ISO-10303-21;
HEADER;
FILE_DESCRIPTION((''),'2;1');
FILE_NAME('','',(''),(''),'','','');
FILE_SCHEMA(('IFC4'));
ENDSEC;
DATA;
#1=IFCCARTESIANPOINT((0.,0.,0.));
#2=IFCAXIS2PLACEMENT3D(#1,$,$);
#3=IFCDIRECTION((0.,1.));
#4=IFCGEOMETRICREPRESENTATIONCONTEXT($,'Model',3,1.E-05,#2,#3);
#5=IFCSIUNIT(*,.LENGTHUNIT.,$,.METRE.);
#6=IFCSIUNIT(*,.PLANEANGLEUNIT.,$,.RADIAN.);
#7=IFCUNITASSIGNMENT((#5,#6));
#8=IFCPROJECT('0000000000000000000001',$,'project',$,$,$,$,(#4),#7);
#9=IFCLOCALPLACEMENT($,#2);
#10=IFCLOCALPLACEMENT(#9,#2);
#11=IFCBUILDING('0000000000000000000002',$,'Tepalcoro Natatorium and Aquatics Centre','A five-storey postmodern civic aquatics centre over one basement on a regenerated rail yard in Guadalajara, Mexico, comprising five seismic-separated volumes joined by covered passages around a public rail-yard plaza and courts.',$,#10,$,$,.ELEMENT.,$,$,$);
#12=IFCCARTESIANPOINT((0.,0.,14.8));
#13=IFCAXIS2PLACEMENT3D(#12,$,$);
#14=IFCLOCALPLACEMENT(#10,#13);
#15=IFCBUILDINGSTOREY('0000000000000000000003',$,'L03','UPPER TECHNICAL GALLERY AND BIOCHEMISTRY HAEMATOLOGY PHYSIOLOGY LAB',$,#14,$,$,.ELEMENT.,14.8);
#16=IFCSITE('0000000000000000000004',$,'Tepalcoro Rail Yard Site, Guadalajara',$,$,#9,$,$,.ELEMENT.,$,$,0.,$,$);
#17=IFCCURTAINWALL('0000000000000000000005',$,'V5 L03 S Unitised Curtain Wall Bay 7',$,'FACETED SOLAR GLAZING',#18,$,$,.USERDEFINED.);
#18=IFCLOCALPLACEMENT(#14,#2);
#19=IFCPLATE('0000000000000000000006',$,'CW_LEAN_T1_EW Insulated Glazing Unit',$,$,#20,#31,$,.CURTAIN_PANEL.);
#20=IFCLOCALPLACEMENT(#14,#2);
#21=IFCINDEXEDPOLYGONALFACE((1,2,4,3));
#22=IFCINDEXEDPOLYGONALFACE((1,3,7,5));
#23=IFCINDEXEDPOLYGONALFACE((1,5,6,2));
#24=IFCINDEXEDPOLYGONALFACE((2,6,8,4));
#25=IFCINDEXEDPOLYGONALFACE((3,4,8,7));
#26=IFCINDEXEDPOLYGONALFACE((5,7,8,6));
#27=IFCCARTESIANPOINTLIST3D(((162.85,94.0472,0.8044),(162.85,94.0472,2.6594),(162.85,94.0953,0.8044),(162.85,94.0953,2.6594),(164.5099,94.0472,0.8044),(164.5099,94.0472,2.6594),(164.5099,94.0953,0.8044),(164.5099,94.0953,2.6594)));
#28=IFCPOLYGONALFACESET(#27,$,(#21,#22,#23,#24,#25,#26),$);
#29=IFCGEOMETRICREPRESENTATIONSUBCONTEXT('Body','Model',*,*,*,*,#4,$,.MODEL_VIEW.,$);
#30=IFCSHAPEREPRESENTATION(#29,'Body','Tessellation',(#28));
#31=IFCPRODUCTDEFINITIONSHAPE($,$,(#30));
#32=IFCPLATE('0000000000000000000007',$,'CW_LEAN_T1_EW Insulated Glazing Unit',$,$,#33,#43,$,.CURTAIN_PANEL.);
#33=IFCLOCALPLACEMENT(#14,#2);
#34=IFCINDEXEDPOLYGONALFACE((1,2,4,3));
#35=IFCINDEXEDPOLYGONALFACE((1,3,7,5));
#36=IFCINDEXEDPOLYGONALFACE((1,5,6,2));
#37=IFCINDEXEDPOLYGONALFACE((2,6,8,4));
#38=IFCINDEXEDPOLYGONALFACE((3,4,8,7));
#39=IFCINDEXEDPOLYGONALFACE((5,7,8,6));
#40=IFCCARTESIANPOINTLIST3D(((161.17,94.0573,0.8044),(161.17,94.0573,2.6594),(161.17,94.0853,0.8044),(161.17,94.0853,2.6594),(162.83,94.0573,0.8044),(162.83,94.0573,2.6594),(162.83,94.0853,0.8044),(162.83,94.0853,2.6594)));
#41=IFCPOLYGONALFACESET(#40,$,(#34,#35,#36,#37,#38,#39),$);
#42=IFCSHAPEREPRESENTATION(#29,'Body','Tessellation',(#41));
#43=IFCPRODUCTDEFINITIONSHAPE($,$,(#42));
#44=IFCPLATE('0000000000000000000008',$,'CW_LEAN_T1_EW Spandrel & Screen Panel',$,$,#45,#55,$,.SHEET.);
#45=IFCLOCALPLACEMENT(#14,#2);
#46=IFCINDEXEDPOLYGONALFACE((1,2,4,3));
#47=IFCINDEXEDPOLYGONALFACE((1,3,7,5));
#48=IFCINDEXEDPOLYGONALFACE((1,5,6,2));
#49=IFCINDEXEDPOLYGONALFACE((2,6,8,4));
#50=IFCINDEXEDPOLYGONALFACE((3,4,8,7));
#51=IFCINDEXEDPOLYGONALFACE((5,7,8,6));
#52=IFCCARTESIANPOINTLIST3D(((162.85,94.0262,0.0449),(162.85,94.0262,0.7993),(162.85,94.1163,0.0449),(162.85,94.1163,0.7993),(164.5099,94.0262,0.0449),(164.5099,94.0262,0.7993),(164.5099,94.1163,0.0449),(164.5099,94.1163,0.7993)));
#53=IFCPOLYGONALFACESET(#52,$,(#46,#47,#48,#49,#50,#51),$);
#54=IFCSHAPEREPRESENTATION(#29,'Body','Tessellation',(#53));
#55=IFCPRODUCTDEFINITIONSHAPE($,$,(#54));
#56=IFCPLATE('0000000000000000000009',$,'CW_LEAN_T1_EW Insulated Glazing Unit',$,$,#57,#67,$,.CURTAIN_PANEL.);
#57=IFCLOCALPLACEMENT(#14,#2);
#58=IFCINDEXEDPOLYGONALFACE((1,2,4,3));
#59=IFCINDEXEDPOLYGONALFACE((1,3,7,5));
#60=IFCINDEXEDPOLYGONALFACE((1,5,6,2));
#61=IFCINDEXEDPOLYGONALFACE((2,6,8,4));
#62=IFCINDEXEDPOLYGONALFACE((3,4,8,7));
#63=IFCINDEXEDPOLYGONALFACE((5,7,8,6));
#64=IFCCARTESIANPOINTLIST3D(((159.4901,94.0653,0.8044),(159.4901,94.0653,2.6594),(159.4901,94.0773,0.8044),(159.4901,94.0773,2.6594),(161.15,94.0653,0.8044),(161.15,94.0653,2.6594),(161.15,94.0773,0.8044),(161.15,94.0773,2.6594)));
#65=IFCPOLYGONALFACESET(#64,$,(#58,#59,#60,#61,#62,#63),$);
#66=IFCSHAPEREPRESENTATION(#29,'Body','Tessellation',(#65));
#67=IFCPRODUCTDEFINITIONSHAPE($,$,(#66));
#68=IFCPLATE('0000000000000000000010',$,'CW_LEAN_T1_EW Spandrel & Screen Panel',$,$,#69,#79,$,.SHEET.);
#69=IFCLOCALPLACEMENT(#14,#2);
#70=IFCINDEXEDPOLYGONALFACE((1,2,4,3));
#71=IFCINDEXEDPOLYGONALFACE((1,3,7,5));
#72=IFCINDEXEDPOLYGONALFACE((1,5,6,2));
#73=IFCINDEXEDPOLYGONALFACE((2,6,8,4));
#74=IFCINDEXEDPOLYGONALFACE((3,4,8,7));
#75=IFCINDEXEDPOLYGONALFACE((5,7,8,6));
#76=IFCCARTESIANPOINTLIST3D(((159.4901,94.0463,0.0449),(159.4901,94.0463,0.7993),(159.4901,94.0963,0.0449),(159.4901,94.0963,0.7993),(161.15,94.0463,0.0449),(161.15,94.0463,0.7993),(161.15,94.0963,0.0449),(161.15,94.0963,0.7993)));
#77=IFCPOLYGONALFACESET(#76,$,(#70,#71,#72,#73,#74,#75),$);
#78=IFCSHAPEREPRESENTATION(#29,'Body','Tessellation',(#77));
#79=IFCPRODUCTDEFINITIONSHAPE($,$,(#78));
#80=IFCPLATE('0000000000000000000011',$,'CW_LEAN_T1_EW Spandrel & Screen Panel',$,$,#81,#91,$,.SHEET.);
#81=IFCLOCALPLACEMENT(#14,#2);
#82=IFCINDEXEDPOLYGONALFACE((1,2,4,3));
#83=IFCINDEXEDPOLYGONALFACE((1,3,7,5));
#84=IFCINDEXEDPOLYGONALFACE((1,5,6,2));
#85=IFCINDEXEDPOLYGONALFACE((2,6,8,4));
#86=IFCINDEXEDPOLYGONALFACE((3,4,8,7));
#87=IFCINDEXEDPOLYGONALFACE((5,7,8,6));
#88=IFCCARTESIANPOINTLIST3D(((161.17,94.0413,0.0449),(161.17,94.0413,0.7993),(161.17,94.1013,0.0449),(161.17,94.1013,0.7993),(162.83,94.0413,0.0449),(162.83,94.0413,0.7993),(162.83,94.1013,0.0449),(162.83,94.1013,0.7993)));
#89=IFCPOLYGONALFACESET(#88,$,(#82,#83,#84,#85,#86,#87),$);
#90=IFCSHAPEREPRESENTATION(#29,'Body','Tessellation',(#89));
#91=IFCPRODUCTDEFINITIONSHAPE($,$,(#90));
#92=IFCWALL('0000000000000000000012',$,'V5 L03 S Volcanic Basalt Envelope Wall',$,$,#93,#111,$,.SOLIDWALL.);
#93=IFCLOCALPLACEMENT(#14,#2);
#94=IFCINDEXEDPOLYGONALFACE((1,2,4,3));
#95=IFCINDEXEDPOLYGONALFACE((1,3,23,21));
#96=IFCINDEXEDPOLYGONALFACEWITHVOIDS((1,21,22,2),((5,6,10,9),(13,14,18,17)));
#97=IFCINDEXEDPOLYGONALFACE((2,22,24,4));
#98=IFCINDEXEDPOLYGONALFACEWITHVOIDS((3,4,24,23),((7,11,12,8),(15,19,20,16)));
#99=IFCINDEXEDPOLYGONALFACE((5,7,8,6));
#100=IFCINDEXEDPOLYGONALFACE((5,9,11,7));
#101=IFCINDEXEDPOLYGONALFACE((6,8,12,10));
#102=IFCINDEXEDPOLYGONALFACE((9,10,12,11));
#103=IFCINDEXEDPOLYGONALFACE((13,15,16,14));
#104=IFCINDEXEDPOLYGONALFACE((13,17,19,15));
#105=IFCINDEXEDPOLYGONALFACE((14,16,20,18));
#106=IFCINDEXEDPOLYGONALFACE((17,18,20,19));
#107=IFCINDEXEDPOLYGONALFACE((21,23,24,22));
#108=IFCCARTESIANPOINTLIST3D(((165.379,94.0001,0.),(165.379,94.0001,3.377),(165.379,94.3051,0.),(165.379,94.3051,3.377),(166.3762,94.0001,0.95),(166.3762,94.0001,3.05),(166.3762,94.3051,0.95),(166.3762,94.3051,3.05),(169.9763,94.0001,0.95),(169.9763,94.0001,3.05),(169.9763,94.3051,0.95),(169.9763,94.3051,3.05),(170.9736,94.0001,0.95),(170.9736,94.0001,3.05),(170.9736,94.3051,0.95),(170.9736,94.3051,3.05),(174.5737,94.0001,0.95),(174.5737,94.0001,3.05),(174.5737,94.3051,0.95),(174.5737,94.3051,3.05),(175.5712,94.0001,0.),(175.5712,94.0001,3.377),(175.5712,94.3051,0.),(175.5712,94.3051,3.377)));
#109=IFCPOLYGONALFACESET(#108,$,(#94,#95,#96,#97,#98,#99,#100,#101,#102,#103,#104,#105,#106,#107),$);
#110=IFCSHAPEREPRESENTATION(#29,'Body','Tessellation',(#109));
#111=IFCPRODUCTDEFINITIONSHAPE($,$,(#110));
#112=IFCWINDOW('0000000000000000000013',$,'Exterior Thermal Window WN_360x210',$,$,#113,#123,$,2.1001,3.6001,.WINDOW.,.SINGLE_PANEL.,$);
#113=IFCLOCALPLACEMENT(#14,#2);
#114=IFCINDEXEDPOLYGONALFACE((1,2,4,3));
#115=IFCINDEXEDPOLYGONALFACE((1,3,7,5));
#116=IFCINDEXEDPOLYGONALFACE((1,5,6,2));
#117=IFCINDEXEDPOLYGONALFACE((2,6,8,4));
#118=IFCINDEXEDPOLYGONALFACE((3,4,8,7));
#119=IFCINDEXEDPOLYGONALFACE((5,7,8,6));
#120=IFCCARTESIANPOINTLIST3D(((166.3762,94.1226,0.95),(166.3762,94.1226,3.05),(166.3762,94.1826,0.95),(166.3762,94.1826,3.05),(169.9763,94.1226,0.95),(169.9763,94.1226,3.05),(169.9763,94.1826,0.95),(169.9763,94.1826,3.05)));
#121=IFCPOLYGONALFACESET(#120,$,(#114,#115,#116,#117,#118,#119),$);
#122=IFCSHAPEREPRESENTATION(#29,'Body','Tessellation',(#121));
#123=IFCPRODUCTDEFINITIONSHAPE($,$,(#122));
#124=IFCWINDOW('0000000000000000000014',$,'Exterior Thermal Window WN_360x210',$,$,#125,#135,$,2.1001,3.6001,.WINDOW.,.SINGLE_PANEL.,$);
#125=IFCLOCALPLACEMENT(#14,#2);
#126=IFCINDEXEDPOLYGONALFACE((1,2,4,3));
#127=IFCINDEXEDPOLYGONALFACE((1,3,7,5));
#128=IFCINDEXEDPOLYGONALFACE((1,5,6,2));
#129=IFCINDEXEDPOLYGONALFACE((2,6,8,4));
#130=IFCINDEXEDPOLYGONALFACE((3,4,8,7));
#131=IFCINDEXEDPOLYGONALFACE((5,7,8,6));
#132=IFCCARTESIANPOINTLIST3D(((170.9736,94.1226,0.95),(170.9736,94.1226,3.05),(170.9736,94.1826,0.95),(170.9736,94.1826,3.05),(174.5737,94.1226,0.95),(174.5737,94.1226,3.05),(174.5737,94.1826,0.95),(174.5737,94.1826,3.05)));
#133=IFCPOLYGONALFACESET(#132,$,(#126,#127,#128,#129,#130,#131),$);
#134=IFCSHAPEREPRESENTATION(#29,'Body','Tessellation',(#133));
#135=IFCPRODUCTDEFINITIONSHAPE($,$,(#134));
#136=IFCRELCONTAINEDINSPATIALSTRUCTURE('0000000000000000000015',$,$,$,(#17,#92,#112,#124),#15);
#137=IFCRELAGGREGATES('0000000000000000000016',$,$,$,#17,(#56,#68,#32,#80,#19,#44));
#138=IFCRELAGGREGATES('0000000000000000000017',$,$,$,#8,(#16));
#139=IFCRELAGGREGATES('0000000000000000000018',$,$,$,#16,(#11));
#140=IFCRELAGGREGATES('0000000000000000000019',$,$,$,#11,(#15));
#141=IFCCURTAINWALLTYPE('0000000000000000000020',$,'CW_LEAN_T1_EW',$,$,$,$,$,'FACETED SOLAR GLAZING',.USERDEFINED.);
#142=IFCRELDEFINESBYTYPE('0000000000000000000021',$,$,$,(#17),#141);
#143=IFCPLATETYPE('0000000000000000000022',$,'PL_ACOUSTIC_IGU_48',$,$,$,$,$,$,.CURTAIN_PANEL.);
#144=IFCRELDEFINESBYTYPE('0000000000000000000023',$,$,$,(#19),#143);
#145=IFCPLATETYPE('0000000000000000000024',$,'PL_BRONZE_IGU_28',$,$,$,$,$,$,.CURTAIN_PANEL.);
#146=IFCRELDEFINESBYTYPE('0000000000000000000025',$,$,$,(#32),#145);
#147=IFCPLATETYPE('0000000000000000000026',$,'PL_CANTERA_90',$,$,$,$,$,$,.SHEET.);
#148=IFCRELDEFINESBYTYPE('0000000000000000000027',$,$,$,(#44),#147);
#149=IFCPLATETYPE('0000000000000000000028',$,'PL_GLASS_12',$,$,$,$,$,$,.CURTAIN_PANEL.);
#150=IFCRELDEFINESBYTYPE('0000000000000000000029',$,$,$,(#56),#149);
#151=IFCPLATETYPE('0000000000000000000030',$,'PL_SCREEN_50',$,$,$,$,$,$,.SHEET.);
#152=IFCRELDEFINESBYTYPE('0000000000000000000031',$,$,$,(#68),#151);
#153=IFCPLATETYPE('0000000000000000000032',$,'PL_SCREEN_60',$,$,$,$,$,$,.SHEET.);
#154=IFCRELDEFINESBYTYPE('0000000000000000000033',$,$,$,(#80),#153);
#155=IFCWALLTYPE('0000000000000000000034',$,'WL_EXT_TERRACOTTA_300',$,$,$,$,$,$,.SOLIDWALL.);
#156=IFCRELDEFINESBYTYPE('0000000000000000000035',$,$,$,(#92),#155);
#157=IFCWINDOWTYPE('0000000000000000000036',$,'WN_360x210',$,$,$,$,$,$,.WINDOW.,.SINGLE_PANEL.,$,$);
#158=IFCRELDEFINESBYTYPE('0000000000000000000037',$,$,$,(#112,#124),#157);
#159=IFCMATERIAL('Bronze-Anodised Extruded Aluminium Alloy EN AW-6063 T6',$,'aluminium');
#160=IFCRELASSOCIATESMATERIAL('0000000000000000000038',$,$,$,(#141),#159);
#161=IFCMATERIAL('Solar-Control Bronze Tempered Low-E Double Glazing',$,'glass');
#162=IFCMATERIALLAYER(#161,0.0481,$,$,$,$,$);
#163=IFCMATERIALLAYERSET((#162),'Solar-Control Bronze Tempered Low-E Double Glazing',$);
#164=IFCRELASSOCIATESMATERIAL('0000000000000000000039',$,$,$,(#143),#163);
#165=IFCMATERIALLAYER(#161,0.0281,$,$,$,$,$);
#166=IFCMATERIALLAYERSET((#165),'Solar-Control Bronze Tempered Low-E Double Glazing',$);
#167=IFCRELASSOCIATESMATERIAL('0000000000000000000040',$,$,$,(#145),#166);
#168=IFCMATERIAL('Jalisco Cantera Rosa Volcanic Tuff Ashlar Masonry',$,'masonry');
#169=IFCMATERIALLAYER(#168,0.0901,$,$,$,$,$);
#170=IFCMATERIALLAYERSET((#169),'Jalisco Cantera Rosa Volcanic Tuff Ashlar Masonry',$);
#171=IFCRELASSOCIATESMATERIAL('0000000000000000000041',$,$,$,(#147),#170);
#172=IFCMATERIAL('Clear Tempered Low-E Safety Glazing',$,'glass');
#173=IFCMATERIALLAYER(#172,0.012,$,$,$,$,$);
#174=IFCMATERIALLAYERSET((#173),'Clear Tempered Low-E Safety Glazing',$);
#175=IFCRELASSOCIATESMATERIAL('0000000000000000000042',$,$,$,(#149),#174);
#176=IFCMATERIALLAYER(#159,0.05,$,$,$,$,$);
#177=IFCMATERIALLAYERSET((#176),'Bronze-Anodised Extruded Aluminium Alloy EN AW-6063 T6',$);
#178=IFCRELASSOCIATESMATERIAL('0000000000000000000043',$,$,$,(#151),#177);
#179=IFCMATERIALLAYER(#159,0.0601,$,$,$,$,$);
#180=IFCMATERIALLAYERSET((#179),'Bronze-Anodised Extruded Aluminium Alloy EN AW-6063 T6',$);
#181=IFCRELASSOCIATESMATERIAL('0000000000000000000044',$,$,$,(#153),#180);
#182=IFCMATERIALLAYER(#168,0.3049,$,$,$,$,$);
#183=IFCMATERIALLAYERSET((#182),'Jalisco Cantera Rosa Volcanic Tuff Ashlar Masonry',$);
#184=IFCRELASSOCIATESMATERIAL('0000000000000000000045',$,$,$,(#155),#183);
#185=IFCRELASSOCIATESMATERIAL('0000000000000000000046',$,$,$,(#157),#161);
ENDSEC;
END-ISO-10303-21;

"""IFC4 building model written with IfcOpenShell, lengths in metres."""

from ifc_helpers import new_model, si_unit, direction, frame, frame_2d, origin, origin_2d, place, context, subcontext, project, spatial, rectangle, extrude, material, layer, layer_set, type_object, element, fill, aggregate, save


model = new_model("IFC4")

# Units and contexts
model_context = context("Model", 3, precision=1e-05, world=origin(), true_north=direction((0.0, 1.0)))
body_context = subcontext(model_context, "Body", "Model", "MODEL_VIEW")
ifc_project = project(units=[si_unit("LENGTHUNIT", "METRE"), si_unit("PLANEANGLEUNIT", "RADIAN")], contexts=[model_context])

# Site, building, storey
site_placement = place(None, origin())
site = spatial("IfcSite", under=ifc_project, at=site_placement, Name="Tepalcoro Rail Yard Site, Guadalajara", CompositionType="ELEMENT", RefElevation=0.0)
building_placement = place(site_placement, origin())
building = spatial("IfcBuilding", under=site, at=building_placement, Name="Tepalcoro Natatorium and Aquatics Centre", Description="A five-storey postmodern civic aquatics centre over one basement on a regenerated rail yard in Guadalajara, Mexico, comprising five seismic-separated volumes joined by covered passages around a public rail-yard plaza and courts.", CompositionType="ELEMENT")
storey_placement = place(building_placement, frame((0.0, 0.0, 14.8)))
storey = spatial("IfcBuildingStorey", under=building, at=storey_placement, Name="L03", Description="UPPER TECHNICAL GALLERY AND BIOCHEMISTRY HAEMATOLOGY PHYSIOLOGY LAB", CompositionType="ELEMENT", Elevation=14.8)

# Curtain wall
ifc_material_1 = material(Name="Bronze-Anodised Extruded Aluminium Alloy EN AW-6063 T6", Category="aluminium")
curtain_wall_type_1 = type_object("IfcCurtainWallType", Name="CW_LEAN_T1_EW", ElementType="FACETED SOLAR GLAZING", PredefinedType="USERDEFINED", material=ifc_material_1)
curtain_wall_1_placement = place(storey_placement, origin())
curtain_wall_1 = element("IfcCurtainWall", 1, at=curtain_wall_1_placement, inside=storey, type_object=curtain_wall_type_1, Name="V5 L03 S Unitised Curtain Wall Bay 7", ObjectType="FACETED SOLAR GLAZING", PredefinedType="USERDEFINED")

# Plates
ifc_material_2 = material(Name="Solar-Control Bronze Tempered Low-E Double Glazing", Category="glass")
ifc_layer_1 = layer(ifc_material_2, 0.0481)
ifc_layer_set_1 = layer_set([ifc_layer_1], Name="Solar-Control Bronze Tempered Low-E Double Glazing")
plate_type_1 = type_object("IfcPlateType", Name="PL_ACOUSTIC_IGU_48", PredefinedType="CURTAIN_PANEL", material=ifc_layer_set_1)
plate_1_placement = place(storey_placement, frame((163.6799, 94.0713, 0.8044), z_axis=(0.0, 0.0, 1.0), x_axis=(1.0, 0.0, 0.0)))
plate_1 = element("IfcPlate", 2, at=plate_1_placement, type_object=plate_type_1, Name="CW_LEAN_T1_EW Insulated Glazing Unit", PredefinedType="CURTAIN_PANEL", context=body_context, shape_type="SweptSolid", body=[
    extrude(rectangle(XDim=1.6599, YDim=0.0481, at=origin_2d()), origin(), (0.0, 0.0, 1.0), 1.855),
])
ifc_layer_2 = layer(ifc_material_2, 0.0281)
ifc_layer_set_2 = layer_set([ifc_layer_2], Name="Solar-Control Bronze Tempered Low-E Double Glazing")
plate_type_2 = type_object("IfcPlateType", Name="PL_BRONZE_IGU_28", PredefinedType="CURTAIN_PANEL", material=ifc_layer_set_2)
plate_2_placement = place(storey_placement, frame((162.0, 94.0713, 0.8044), z_axis=(0.0, 0.0, 1.0), x_axis=(1.0, 0.0, 0.0)))
plate_2 = element("IfcPlate", 3, at=plate_2_placement, type_object=plate_type_2, Name="CW_LEAN_T1_EW Insulated Glazing Unit", PredefinedType="CURTAIN_PANEL", context=body_context, shape_type="SweptSolid", body=[
    extrude(rectangle(XDim=1.6599, YDim=0.0281, at=origin_2d()), origin(), (0.0, 0.0, 1.0), 1.855),
])
ifc_material_3 = material(Name="Jalisco Cantera Rosa Volcanic Tuff Ashlar Masonry", Category="masonry")
ifc_layer_3 = layer(ifc_material_3, 0.0901)
ifc_layer_set_3 = layer_set([ifc_layer_3], Name="Jalisco Cantera Rosa Volcanic Tuff Ashlar Masonry")
plate_type_3 = type_object("IfcPlateType", Name="PL_CANTERA_90", PredefinedType="SHEET", material=ifc_layer_set_3)
plate_3_placement = place(storey_placement, frame((163.6799, 94.0713, 0.0449), z_axis=(0.0, 0.0, 1.0), x_axis=(1.0, 0.0, 0.0)))
plate_3 = element("IfcPlate", 4, at=plate_3_placement, type_object=plate_type_3, Name="CW_LEAN_T1_EW Spandrel & Screen Panel", PredefinedType="SHEET", context=body_context, shape_type="SweptSolid", body=[
    extrude(rectangle(XDim=1.6599, YDim=0.0901, at=origin_2d()), origin(), (0.0, 0.0, 1.0), 0.7544),
])
ifc_material_4 = material(Name="Clear Tempered Low-E Safety Glazing", Category="glass")
ifc_layer_4 = layer(ifc_material_4, 0.012)
ifc_layer_set_4 = layer_set([ifc_layer_4], Name="Clear Tempered Low-E Safety Glazing")
plate_type_4 = type_object("IfcPlateType", Name="PL_GLASS_12", PredefinedType="CURTAIN_PANEL", material=ifc_layer_set_4)
plate_4_placement = place(storey_placement, frame((160.3201, 94.0713, 0.8044), z_axis=(0.0, 0.0, 1.0), x_axis=(1.0, 0.0, 0.0)))
plate_4 = element("IfcPlate", 5, at=plate_4_placement, type_object=plate_type_4, Name="CW_LEAN_T1_EW Insulated Glazing Unit", PredefinedType="CURTAIN_PANEL", context=body_context, shape_type="SweptSolid", body=[
    extrude(rectangle(XDim=1.6599, YDim=0.012, at=origin_2d()), origin(), (0.0, 0.0, 1.0), 1.855),
])
ifc_layer_5 = layer(ifc_material_1, 0.05)
ifc_layer_set_5 = layer_set([ifc_layer_5], Name="Bronze-Anodised Extruded Aluminium Alloy EN AW-6063 T6")
plate_type_5 = type_object("IfcPlateType", Name="PL_SCREEN_50", PredefinedType="SHEET", material=ifc_layer_set_5)
plate_5_placement = place(storey_placement, frame((160.3201, 94.0713, 0.0449), z_axis=(0.0, 0.0, 1.0), x_axis=(1.0, 0.0, 0.0)))
plate_5 = element("IfcPlate", 6, at=plate_5_placement, type_object=plate_type_5, Name="CW_LEAN_T1_EW Spandrel & Screen Panel", PredefinedType="SHEET", context=body_context, shape_type="SweptSolid", body=[
    extrude(rectangle(XDim=1.6599, YDim=0.05, at=origin_2d()), origin(), (0.0, 0.0, 1.0), 0.7544),
])
ifc_layer_6 = layer(ifc_material_1, 0.0601)
ifc_layer_set_6 = layer_set([ifc_layer_6], Name="Bronze-Anodised Extruded Aluminium Alloy EN AW-6063 T6")
plate_type_6 = type_object("IfcPlateType", Name="PL_SCREEN_60", PredefinedType="SHEET", material=ifc_layer_set_6)
plate_6_placement = place(storey_placement, frame((162.0, 94.0713, 0.0449), z_axis=(0.0, 0.0, 1.0), x_axis=(1.0, 0.0, 0.0)))
plate_6 = element("IfcPlate", 7, at=plate_6_placement, type_object=plate_type_6, Name="CW_LEAN_T1_EW Spandrel & Screen Panel", PredefinedType="SHEET", context=body_context, shape_type="SweptSolid", body=[
    extrude(rectangle(XDim=1.6599, YDim=0.0601, at=origin_2d()), origin(), (0.0, 0.0, 1.0), 0.7544),
])
aggregate(curtain_wall_1, [plate_4, plate_5, plate_2, plate_6, plate_1, plate_3])

# Wall, openings, windows
ifc_layer_7 = layer(ifc_material_3, 0.3049)
ifc_layer_set_7 = layer_set([ifc_layer_7], Name="Jalisco Cantera Rosa Volcanic Tuff Ashlar Masonry")
wall_type_1 = type_object("IfcWallType", Name="WL_EXT_TERRACOTTA_300", PredefinedType="SOLIDWALL", material=ifc_layer_set_7)
wall_1_placement = place(storey_placement, frame((165.3789, 94.1526, 0.0), z_axis=(0.0, 0.0, 1.0), x_axis=(1.0, 0.0, 0.0)))
wall_1 = element("IfcWall", 8, at=wall_1_placement, inside=storey, type_object=wall_type_1, Name="V5 L03 S Volcanic Basalt Envelope Wall", PredefinedType="SOLIDWALL", context=body_context, shape_type="SweptSolid", body=[
    extrude(rectangle(XDim=10.1921, YDim=0.3049, at=frame_2d((5.0962, 0.0))), origin(), (0.0, 0.0, 1.0), 3.377),
])
opening_1_placement = place(wall_1_placement, frame((0.9973, 0.0, 0.95)))
opening_1 = element("IfcOpeningElement", 9, at=opening_1_placement, cuts=wall_1, PredefinedType="OPENING", context=body_context, shape_type="SweptSolid", body=[
    extrude(rectangle(XDim=3.6001, YDim=2.1001, at=frame_2d((1.8, 1.05))), frame((0.0, 0.1646, 0.0), z_axis=(0.0, -1.0, 0.0), x_axis=(1.0, 0.0, 0.0)), (0.0, 0.0, 1.0), 0.3289),
])
opening_2_placement = place(wall_1_placement, frame((5.5947, 0.0, 0.95)))
opening_2 = element("IfcOpeningElement", 10, at=opening_2_placement, cuts=wall_1, PredefinedType="OPENING", context=body_context, shape_type="SweptSolid", body=[
    extrude(rectangle(XDim=3.6001, YDim=2.1001, at=frame_2d((1.8, 1.05))), frame((0.0, 0.1646, 0.0), z_axis=(0.0, -1.0, 0.0), x_axis=(1.0, 0.0, 0.0)), (0.0, 0.0, 1.0), 0.3289),
])
window_type = type_object("IfcWindowType", Name="WN_360x210", PartitioningType="SINGLE_PANEL", PredefinedType="WINDOW", material=ifc_material_2)
window_1_placement = place(opening_1_placement, origin())
window_1 = element("IfcWindow", 11, at=window_1_placement, inside=storey, type_object=window_type, Name="Exterior Thermal Window WN_360x210", OverallHeight=2.1001, OverallWidth=3.6001, PartitioningType="SINGLE_PANEL", PredefinedType="WINDOW", context=body_context, shape_type="SweptSolid", body=[
    extrude(rectangle(XDim=3.6001, YDim=2.1001, at=frame_2d((1.8, 1.05))), frame((0.0, 0.03, 0.0), z_axis=(0.0, -1.0, 0.0), x_axis=(1.0, 0.0, 0.0)), (0.0, 0.0, 1.0), 0.0601),
])
fill(opening_1, window_1)
window_2_placement = place(opening_2_placement, origin())
window_2 = element("IfcWindow", 12, at=window_2_placement, inside=storey, type_object=window_type, Name="Exterior Thermal Window WN_360x210", OverallHeight=2.1001, OverallWidth=3.6001, PartitioningType="SINGLE_PANEL", PredefinedType="WINDOW", context=body_context, shape_type="SweptSolid", body=[
    extrude(rectangle(XDim=3.6001, YDim=2.1001, at=frame_2d((1.8, 1.05))), frame((0.0, 0.03, 0.0), z_axis=(0.0, -1.0, 0.0), x_axis=(1.0, 0.0, 0.0)), (0.0, 0.0, 1.0), 0.0601),
])
fill(opening_2, window_2)

save(model, "model.ifc")
